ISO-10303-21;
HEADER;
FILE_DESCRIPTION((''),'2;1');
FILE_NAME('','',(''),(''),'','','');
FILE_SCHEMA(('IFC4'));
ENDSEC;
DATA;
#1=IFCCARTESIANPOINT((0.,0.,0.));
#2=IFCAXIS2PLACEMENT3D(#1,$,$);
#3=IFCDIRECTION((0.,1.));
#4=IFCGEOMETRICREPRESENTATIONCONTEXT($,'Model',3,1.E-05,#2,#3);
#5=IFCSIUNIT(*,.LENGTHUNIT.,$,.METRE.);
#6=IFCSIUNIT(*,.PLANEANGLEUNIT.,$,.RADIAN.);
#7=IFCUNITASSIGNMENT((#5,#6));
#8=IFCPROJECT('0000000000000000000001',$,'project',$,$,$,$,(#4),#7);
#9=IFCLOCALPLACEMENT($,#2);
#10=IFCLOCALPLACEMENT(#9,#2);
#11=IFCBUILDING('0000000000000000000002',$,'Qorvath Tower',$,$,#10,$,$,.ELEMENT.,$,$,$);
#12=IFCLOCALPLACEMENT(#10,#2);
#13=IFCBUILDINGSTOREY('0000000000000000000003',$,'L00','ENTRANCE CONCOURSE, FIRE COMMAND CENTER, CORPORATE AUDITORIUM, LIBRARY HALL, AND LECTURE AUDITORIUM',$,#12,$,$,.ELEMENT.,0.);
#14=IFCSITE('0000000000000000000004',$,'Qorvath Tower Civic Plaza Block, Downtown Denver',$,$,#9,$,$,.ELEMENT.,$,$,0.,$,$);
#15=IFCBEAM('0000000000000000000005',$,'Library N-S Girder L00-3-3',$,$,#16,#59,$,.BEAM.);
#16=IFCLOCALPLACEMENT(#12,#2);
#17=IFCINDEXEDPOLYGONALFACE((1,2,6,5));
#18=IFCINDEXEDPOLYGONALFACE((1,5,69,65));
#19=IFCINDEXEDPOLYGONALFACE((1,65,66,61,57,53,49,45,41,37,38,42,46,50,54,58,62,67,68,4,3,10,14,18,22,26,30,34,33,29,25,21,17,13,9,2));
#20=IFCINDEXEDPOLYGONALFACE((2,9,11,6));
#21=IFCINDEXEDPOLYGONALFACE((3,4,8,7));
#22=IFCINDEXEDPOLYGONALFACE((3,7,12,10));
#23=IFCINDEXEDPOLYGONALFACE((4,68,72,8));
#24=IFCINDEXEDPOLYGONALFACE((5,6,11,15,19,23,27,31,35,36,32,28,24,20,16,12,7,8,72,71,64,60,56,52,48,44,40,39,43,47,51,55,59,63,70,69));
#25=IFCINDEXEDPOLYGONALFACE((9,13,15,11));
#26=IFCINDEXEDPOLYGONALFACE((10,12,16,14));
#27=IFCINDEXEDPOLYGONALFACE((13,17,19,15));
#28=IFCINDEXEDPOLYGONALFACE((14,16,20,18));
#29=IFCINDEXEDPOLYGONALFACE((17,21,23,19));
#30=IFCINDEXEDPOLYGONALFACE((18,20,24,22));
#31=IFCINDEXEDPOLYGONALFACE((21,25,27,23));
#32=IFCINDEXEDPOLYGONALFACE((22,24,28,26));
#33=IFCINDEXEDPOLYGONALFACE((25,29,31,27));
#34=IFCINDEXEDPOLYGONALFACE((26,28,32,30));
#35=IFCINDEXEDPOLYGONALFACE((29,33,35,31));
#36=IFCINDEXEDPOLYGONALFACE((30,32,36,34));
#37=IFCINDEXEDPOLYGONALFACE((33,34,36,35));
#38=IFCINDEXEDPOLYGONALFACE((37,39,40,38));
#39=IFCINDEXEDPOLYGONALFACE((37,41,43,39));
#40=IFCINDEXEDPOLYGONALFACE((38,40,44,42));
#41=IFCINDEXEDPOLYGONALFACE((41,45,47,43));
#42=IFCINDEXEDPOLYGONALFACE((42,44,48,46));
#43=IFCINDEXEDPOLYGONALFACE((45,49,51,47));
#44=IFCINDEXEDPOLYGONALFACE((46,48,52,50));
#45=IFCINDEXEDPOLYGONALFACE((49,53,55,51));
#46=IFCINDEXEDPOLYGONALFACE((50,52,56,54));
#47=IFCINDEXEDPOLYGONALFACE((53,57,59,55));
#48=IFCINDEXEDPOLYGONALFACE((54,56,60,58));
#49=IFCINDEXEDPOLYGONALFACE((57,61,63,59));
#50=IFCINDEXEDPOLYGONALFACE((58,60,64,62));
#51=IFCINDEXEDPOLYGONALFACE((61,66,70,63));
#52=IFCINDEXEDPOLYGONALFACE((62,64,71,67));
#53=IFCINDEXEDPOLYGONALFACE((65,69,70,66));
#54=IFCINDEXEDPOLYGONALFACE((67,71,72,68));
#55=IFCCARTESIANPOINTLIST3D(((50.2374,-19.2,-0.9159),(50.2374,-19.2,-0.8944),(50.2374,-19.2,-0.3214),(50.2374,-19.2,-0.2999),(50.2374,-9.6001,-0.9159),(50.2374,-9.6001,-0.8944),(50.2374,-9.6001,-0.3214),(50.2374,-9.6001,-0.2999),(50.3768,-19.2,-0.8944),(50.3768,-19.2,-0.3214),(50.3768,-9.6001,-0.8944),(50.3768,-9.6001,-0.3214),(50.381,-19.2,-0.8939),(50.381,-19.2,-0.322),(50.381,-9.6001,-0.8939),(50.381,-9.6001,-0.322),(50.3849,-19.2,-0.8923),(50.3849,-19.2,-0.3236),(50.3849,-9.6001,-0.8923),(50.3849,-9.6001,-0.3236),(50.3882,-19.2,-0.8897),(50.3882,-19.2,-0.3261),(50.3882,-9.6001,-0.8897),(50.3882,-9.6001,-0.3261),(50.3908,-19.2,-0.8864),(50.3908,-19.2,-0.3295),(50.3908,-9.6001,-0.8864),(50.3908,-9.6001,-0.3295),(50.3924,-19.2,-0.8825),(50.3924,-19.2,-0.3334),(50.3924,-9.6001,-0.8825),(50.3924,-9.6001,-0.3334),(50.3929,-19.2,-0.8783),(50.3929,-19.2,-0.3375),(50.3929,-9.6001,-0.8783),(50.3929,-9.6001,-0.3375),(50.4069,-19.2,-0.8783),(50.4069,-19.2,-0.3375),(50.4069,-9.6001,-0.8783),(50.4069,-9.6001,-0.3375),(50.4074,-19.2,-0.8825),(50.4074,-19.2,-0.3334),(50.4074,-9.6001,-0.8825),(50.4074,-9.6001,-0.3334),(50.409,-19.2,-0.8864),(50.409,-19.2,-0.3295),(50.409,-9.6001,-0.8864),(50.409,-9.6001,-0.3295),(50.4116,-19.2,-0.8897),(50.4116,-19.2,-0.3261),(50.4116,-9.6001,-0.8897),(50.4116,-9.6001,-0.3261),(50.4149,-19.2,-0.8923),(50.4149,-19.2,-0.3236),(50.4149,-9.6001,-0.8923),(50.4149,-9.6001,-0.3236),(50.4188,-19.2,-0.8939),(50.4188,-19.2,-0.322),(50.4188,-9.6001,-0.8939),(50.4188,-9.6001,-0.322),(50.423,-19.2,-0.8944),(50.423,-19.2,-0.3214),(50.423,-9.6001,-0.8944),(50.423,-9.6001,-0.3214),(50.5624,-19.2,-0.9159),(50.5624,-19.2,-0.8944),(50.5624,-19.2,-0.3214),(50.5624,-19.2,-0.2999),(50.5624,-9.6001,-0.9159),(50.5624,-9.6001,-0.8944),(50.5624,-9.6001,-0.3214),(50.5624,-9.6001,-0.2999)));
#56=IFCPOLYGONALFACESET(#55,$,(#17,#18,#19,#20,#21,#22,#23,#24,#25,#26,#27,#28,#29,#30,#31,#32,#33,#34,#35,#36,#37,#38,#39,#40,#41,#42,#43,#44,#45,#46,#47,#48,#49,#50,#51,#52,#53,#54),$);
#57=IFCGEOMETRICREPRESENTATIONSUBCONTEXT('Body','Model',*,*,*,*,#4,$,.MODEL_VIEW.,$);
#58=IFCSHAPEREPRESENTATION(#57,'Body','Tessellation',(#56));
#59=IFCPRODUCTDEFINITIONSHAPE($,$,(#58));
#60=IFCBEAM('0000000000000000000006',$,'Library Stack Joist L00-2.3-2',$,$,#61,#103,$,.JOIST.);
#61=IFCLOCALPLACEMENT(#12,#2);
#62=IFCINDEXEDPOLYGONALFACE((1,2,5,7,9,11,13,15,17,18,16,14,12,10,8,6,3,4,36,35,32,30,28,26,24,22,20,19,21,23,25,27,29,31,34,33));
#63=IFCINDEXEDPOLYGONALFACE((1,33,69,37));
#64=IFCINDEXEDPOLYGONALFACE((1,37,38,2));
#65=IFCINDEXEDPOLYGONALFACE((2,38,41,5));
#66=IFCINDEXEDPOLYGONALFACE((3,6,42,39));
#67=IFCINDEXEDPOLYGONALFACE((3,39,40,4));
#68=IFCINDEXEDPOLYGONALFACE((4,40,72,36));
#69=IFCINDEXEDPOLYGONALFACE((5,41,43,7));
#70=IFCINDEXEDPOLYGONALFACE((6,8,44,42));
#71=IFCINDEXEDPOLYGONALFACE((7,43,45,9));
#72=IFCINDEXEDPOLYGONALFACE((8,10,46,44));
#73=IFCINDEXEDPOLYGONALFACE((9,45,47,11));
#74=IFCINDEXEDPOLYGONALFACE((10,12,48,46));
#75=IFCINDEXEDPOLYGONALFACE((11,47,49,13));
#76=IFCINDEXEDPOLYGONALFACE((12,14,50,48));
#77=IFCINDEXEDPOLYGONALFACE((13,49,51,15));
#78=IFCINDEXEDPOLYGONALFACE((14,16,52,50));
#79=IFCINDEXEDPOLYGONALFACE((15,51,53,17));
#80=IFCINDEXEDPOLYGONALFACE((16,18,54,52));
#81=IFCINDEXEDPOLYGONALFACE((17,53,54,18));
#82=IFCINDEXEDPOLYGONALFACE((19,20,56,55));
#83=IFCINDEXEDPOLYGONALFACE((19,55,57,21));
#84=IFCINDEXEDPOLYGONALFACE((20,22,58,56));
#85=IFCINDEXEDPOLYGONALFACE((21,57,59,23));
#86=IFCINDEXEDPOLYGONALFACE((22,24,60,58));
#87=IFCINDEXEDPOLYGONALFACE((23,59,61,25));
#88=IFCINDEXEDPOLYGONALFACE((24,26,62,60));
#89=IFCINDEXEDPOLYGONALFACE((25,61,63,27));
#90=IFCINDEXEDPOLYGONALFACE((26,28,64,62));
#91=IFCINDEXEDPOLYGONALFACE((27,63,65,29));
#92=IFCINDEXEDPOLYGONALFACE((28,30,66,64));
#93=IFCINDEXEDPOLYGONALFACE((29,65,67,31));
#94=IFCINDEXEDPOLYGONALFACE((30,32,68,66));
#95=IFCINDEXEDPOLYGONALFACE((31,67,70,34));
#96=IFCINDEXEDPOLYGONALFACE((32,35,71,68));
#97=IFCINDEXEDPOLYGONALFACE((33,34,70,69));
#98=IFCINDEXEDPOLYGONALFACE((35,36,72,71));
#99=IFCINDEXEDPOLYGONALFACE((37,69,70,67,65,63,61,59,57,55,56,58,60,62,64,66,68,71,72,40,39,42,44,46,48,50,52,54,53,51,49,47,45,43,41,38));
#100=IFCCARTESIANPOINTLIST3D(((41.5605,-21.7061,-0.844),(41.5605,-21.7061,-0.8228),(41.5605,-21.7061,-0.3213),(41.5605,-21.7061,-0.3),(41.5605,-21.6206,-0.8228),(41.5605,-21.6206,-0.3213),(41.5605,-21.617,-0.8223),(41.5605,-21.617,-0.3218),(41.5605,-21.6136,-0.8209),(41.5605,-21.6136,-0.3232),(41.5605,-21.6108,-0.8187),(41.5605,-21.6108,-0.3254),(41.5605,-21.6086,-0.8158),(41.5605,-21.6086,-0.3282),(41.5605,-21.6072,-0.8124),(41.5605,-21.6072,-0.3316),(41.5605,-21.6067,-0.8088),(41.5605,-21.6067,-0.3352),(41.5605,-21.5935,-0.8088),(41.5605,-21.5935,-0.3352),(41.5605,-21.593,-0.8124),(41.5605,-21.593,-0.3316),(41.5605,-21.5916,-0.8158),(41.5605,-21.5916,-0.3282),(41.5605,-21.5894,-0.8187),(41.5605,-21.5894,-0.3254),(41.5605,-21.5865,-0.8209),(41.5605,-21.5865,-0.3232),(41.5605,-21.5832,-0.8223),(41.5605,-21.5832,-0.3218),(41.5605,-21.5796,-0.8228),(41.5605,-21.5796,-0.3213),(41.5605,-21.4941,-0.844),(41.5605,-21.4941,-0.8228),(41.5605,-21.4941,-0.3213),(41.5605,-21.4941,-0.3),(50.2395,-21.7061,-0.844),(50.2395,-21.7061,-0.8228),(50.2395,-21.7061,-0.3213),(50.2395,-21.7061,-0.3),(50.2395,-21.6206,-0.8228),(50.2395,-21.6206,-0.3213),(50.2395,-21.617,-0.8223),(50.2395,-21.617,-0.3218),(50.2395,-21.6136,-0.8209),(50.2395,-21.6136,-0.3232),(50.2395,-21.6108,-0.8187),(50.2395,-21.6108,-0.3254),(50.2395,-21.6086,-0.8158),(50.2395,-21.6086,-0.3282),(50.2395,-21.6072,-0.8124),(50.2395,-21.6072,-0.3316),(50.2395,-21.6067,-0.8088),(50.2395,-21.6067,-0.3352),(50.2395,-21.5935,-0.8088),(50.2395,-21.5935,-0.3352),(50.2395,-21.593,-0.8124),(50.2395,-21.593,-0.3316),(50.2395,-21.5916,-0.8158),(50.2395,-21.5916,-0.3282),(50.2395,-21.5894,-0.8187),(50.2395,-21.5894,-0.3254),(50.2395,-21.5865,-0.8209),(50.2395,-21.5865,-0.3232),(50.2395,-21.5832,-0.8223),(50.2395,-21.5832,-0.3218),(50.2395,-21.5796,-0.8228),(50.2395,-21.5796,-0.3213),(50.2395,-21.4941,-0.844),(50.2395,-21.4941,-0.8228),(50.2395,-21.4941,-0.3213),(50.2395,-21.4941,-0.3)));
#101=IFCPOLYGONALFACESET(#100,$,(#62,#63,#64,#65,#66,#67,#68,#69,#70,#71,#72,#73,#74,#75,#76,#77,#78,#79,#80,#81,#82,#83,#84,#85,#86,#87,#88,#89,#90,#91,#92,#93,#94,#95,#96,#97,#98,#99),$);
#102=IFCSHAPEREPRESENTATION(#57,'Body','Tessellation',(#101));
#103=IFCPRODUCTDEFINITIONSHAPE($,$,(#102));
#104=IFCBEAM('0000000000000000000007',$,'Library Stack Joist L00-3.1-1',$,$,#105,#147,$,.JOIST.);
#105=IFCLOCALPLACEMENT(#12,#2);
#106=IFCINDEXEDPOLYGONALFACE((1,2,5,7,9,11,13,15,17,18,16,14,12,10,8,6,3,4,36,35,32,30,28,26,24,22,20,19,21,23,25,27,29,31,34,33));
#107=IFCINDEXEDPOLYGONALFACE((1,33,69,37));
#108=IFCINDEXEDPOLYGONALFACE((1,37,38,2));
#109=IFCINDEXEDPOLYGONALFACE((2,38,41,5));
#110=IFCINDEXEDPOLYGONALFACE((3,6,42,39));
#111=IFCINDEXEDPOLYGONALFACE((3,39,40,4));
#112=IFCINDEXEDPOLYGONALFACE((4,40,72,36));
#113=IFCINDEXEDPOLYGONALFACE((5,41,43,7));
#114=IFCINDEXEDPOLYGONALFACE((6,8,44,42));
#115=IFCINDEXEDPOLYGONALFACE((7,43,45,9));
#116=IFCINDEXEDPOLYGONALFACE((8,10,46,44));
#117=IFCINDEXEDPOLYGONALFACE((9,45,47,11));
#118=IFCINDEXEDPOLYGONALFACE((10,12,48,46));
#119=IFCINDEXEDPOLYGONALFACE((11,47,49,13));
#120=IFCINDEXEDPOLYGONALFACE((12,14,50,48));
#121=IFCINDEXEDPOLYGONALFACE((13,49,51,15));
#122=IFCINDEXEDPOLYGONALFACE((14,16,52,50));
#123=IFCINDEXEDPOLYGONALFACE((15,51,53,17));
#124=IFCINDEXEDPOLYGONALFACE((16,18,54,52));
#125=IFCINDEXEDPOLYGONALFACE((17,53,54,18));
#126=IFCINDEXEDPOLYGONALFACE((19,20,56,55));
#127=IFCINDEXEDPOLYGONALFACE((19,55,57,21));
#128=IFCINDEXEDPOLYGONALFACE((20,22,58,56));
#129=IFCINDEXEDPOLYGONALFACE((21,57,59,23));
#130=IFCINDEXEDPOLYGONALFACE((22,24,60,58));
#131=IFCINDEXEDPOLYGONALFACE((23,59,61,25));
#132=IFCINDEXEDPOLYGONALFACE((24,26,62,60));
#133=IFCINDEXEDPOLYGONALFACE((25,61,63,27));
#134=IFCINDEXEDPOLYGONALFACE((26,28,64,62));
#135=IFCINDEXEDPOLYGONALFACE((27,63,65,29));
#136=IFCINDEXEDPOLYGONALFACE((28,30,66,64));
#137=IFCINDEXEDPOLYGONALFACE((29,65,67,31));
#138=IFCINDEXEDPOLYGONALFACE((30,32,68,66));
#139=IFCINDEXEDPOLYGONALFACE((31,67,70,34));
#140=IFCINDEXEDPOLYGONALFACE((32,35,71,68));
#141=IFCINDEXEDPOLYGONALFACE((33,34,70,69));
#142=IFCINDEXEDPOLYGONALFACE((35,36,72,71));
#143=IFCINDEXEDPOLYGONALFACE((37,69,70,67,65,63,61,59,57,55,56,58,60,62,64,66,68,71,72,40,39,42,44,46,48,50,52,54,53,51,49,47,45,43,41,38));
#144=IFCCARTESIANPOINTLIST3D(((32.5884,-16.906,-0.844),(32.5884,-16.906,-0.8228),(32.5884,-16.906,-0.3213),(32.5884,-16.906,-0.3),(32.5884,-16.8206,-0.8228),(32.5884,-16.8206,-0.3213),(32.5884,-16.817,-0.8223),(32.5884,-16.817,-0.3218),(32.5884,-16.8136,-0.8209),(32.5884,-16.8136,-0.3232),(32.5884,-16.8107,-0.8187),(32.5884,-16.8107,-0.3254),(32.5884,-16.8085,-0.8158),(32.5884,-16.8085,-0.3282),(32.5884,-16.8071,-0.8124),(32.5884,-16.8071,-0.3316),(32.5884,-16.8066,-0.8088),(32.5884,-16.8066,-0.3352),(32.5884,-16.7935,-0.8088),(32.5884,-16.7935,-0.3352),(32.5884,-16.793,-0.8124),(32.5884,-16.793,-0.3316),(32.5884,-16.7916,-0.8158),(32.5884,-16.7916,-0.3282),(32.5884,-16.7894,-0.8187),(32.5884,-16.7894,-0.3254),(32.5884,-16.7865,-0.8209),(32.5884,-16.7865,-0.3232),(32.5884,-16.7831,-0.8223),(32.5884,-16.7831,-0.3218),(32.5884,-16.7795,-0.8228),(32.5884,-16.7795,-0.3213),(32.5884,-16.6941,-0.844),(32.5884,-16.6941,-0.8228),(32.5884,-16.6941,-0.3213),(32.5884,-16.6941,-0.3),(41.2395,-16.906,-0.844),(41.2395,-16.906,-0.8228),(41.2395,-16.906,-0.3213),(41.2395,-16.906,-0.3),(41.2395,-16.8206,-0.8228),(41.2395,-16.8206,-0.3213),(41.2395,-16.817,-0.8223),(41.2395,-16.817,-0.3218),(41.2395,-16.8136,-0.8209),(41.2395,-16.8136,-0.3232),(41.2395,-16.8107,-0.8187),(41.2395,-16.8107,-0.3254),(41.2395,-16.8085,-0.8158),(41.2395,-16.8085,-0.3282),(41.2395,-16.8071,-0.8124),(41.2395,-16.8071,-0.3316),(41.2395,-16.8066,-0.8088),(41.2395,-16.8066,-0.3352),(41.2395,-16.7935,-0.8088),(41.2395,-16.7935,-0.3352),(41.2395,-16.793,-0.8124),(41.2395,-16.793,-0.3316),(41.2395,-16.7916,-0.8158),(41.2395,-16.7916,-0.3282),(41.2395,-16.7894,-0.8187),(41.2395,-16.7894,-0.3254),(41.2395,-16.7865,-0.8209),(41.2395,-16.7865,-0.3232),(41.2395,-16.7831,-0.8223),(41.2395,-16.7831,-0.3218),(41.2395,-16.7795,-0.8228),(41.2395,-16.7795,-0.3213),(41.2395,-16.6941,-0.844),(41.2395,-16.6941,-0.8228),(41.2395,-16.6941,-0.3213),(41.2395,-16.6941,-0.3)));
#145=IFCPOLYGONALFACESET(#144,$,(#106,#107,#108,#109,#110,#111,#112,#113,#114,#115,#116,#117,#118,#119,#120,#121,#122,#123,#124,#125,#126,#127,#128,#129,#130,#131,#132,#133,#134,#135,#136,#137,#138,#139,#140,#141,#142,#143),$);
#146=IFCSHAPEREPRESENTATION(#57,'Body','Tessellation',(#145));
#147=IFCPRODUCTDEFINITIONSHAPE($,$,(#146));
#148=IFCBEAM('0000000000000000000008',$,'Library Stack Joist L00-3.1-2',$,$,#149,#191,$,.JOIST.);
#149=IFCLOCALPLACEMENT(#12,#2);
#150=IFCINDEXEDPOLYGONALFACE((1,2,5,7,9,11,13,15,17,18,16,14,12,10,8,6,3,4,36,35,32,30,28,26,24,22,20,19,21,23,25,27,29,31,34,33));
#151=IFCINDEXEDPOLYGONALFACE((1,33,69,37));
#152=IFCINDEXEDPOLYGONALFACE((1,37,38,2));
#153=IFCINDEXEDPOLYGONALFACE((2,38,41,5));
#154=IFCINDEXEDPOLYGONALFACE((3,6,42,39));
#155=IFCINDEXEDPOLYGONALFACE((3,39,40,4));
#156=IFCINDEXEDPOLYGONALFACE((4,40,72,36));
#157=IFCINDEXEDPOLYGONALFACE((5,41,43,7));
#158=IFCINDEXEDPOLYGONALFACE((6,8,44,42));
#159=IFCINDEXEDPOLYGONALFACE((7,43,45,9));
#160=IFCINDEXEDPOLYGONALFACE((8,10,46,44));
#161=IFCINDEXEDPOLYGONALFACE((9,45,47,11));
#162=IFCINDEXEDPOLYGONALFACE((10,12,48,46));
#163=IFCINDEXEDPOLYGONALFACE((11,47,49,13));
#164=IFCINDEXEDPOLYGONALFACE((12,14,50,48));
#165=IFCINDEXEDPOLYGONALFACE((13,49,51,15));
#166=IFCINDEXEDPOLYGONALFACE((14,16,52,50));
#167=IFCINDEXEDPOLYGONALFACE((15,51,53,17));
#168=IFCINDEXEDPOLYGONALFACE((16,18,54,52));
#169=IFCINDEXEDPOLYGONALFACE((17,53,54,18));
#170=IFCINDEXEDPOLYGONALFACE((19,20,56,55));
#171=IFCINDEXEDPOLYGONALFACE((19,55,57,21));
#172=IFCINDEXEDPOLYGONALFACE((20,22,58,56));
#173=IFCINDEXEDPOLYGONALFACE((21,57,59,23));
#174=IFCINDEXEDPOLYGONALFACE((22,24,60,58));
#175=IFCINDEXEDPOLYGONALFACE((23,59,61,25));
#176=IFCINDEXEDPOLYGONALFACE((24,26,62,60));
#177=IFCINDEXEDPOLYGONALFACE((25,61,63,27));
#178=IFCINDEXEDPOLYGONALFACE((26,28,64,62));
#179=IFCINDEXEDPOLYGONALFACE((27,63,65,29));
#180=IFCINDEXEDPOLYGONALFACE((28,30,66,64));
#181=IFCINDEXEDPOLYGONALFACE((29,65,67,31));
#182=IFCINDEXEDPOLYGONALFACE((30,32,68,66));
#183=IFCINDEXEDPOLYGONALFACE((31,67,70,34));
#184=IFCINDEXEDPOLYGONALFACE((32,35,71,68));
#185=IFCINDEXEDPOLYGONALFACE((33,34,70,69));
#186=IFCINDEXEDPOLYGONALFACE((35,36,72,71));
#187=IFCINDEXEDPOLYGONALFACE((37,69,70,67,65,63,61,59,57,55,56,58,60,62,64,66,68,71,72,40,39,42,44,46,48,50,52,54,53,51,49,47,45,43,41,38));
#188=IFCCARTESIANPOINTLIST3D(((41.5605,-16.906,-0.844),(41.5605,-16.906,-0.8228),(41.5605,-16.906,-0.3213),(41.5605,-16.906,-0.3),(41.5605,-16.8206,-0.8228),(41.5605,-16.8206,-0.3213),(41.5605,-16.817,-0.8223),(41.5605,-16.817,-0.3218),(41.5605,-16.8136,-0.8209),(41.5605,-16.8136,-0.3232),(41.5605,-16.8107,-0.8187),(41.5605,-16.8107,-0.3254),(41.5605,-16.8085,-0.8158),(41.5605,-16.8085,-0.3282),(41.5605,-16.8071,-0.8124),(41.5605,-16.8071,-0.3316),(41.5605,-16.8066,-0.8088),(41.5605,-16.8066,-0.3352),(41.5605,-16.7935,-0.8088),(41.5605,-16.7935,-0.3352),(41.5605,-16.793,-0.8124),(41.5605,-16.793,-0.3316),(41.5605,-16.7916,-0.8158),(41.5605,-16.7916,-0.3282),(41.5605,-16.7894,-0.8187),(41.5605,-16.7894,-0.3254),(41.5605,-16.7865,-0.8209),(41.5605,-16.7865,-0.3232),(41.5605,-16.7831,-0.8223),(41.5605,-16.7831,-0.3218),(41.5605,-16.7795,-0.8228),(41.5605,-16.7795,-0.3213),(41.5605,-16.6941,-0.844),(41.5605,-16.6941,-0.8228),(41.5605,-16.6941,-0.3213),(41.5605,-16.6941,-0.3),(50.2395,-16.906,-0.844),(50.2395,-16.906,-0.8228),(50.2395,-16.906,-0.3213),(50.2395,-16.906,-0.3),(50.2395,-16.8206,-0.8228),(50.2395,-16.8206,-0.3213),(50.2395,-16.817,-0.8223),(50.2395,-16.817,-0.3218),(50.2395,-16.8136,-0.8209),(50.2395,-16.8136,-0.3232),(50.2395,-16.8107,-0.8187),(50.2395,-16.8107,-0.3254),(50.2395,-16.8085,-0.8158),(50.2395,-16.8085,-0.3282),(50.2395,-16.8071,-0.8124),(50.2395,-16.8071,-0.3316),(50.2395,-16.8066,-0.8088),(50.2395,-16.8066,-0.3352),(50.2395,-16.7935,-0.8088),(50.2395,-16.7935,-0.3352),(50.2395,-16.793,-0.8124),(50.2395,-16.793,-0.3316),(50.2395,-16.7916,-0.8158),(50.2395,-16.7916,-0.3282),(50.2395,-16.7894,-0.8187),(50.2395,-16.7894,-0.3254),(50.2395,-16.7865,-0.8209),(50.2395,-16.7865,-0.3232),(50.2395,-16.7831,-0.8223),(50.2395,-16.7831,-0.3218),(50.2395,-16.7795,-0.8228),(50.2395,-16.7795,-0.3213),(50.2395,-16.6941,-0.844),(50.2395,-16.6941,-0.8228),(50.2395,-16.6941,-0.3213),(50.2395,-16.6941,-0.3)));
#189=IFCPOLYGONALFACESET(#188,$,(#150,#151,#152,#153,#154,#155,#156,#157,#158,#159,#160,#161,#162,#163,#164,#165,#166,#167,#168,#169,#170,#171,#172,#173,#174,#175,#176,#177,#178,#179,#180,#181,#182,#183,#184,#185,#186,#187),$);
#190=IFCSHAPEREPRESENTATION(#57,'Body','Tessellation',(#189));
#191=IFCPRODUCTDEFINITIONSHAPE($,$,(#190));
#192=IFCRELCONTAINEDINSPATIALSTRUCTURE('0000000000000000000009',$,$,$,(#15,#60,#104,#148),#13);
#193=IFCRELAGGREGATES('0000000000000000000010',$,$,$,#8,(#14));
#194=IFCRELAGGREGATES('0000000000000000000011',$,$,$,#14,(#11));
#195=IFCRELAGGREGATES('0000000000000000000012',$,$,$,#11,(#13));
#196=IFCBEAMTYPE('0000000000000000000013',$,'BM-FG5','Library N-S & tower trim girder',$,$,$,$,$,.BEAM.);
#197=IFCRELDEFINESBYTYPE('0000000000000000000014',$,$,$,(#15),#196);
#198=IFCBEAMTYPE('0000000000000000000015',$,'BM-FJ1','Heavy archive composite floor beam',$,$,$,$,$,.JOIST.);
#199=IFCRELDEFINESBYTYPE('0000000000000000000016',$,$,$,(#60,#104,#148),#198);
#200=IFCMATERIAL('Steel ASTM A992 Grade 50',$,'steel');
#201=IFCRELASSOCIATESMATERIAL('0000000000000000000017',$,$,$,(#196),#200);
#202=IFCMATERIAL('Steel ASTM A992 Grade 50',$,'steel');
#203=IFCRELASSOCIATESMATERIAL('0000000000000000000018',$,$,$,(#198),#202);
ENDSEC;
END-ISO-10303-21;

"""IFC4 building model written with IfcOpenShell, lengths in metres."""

from ifc_helpers import new_model, si_unit, direction, frame, origin, origin_2d, place, context, subcontext, project, spatial, i_section, extrude, material, material_profile, profile_set, type_object, element, save


model = new_model("IFC4")

# Units and contexts
model_context = context("Model", 3, precision=1e-05, world=origin(), true_north=direction((0.0, 1.0)))
body_context = subcontext(model_context, "Body", "Model", "MODEL_VIEW")
ifc_project = project(units=[si_unit("LENGTHUNIT", "METRE"), si_unit("PLANEANGLEUNIT", "RADIAN")], contexts=[model_context])

# Site, building, storey
site_placement = place(None, origin())
site = spatial("IfcSite", under=ifc_project, at=site_placement, Name="Qorvath Tower Civic Plaza Block, Downtown Denver", CompositionType="ELEMENT", RefElevation=0.0)
building_placement = place(site_placement, origin())
building = spatial("IfcBuilding", under=site, at=building_placement, Name="Qorvath Tower", CompositionType="ELEMENT")
storey_placement = place(building_placement, origin())
storey = spatial("IfcBuildingStorey", under=building, at=storey_placement, Name="L00", Description="ENTRANCE CONCOURSE, FIRE COMMAND CENTER, CORPORATE AUDITORIUM, LIBRARY HALL, AND LECTURE AUDITORIUM", CompositionType="ELEMENT", Elevation=0.0)

# Beams
ifc_material_1 = material(Name="Steel ASTM A992 Grade 50", Category="steel")
ifc_material_profile_1 = material_profile(ifc_material_1, i_section(OverallWidth=0.325, OverallDepth=0.616, WebThickness=0.0139, FlangeThickness=0.0215, FilletRadius=0.0161, at=origin_2d()), Name="W24x117")
ifc_profile_set_1 = profile_set([ifc_material_profile_1], Name="Steel ASTM A992 Grade 50")
beam_type_1 = type_object("IfcBeamType", Name="BM-FG5", Description="Library N-S & tower trim girder", PredefinedType="BEAM", material=ifc_profile_set_1)
for number, where, z_axis, x_axis, name in (
    (1, (50.3999, -19.2, -0.6079), (0.0, 1.0, 0.0), (-1.0, 0.0, 0.0), "Library N-S Girder L00-3-3"),
):
    element("IfcBeam", number, at=place(storey_placement, frame(where, z_axis=z_axis, x_axis=x_axis)), inside=storey, type_object=beam_type_1, Name=name, PredefinedType="BEAM", context=body_context, shape_type="SweptSolid", body=[
        extrude(i_section(OverallWidth=0.325, OverallDepth=0.616, WebThickness=0.0139, FlangeThickness=0.0215, FilletRadius=0.0161, at=origin_2d()), origin(), (0.0, 0.0, 1.0), 9.5999),
    ])
ifc_material_2 = material(Name="Steel ASTM A992 Grade 50", Category="steel")
ifc_material_profile_2 = material_profile(ifc_material_2, i_section(OverallWidth=0.2119, OverallDepth=0.5439, WebThickness=0.0132, FlangeThickness=0.0212, FilletRadius=0.0139, at=origin_2d()), Name="W21x83")
ifc_profile_set_2 = profile_set([ifc_material_profile_2], Name="Steel ASTM A992 Grade 50")
beam_type_2 = type_object("IfcBeamType", Name="BM-FJ1", Description="Heavy archive composite floor beam", PredefinedType="JOIST", material=ifc_profile_set_2)
beam_1_placement = place(storey_placement, frame((41.5605, -21.6001, -0.572), z_axis=(1.0, 0.0, 0.0), x_axis=(0.0, 1.0, 0.0)))
element("IfcBeam", 2, at=beam_1_placement, inside=storey, type_object=beam_type_2, Name="Library Stack Joist L00-2.3-2", PredefinedType="JOIST", context=body_context, shape_type="SweptSolid", body=[
    extrude(i_section(OverallWidth=0.2119, OverallDepth=0.5439, WebThickness=0.0132, FlangeThickness=0.0212, FilletRadius=0.0139, at=origin_2d()), origin(), (0.0, 0.0, 1.0), 8.679),
])
beam_2_placement = place(storey_placement, frame((32.5884, -16.8, -0.572), z_axis=(1.0, 0.0, 0.0), x_axis=(0.0, 1.0, 0.0)))
element("IfcBeam", 3, at=beam_2_placement, inside=storey, type_object=beam_type_2, Name="Library Stack Joist L00-3.1-1", PredefinedType="JOIST", context=body_context, shape_type="SweptSolid", body=[
    extrude(i_section(OverallWidth=0.2119, OverallDepth=0.5439, WebThickness=0.0132, FlangeThickness=0.0212, FilletRadius=0.0139, at=origin_2d()), origin(), (0.0, 0.0, 1.0), 8.6511),
])
beam_3_placement = place(storey_placement, frame((41.5605, -16.8, -0.572), z_axis=(1.0, 0.0, 0.0), x_axis=(0.0, 1.0, 0.0)))
element("IfcBeam", 4, at=beam_3_placement, inside=storey, type_object=beam_type_2, Name="Library Stack Joist L00-3.1-2", PredefinedType="JOIST", context=body_context, shape_type="SweptSolid", body=[
    extrude(i_section(OverallWidth=0.2119, OverallDepth=0.5439, WebThickness=0.0132, FlangeThickness=0.0212, FilletRadius=0.0139, at=origin_2d()), origin(), (0.0, 0.0, 1.0), 8.679),
])

save(model, "model.ifc")
